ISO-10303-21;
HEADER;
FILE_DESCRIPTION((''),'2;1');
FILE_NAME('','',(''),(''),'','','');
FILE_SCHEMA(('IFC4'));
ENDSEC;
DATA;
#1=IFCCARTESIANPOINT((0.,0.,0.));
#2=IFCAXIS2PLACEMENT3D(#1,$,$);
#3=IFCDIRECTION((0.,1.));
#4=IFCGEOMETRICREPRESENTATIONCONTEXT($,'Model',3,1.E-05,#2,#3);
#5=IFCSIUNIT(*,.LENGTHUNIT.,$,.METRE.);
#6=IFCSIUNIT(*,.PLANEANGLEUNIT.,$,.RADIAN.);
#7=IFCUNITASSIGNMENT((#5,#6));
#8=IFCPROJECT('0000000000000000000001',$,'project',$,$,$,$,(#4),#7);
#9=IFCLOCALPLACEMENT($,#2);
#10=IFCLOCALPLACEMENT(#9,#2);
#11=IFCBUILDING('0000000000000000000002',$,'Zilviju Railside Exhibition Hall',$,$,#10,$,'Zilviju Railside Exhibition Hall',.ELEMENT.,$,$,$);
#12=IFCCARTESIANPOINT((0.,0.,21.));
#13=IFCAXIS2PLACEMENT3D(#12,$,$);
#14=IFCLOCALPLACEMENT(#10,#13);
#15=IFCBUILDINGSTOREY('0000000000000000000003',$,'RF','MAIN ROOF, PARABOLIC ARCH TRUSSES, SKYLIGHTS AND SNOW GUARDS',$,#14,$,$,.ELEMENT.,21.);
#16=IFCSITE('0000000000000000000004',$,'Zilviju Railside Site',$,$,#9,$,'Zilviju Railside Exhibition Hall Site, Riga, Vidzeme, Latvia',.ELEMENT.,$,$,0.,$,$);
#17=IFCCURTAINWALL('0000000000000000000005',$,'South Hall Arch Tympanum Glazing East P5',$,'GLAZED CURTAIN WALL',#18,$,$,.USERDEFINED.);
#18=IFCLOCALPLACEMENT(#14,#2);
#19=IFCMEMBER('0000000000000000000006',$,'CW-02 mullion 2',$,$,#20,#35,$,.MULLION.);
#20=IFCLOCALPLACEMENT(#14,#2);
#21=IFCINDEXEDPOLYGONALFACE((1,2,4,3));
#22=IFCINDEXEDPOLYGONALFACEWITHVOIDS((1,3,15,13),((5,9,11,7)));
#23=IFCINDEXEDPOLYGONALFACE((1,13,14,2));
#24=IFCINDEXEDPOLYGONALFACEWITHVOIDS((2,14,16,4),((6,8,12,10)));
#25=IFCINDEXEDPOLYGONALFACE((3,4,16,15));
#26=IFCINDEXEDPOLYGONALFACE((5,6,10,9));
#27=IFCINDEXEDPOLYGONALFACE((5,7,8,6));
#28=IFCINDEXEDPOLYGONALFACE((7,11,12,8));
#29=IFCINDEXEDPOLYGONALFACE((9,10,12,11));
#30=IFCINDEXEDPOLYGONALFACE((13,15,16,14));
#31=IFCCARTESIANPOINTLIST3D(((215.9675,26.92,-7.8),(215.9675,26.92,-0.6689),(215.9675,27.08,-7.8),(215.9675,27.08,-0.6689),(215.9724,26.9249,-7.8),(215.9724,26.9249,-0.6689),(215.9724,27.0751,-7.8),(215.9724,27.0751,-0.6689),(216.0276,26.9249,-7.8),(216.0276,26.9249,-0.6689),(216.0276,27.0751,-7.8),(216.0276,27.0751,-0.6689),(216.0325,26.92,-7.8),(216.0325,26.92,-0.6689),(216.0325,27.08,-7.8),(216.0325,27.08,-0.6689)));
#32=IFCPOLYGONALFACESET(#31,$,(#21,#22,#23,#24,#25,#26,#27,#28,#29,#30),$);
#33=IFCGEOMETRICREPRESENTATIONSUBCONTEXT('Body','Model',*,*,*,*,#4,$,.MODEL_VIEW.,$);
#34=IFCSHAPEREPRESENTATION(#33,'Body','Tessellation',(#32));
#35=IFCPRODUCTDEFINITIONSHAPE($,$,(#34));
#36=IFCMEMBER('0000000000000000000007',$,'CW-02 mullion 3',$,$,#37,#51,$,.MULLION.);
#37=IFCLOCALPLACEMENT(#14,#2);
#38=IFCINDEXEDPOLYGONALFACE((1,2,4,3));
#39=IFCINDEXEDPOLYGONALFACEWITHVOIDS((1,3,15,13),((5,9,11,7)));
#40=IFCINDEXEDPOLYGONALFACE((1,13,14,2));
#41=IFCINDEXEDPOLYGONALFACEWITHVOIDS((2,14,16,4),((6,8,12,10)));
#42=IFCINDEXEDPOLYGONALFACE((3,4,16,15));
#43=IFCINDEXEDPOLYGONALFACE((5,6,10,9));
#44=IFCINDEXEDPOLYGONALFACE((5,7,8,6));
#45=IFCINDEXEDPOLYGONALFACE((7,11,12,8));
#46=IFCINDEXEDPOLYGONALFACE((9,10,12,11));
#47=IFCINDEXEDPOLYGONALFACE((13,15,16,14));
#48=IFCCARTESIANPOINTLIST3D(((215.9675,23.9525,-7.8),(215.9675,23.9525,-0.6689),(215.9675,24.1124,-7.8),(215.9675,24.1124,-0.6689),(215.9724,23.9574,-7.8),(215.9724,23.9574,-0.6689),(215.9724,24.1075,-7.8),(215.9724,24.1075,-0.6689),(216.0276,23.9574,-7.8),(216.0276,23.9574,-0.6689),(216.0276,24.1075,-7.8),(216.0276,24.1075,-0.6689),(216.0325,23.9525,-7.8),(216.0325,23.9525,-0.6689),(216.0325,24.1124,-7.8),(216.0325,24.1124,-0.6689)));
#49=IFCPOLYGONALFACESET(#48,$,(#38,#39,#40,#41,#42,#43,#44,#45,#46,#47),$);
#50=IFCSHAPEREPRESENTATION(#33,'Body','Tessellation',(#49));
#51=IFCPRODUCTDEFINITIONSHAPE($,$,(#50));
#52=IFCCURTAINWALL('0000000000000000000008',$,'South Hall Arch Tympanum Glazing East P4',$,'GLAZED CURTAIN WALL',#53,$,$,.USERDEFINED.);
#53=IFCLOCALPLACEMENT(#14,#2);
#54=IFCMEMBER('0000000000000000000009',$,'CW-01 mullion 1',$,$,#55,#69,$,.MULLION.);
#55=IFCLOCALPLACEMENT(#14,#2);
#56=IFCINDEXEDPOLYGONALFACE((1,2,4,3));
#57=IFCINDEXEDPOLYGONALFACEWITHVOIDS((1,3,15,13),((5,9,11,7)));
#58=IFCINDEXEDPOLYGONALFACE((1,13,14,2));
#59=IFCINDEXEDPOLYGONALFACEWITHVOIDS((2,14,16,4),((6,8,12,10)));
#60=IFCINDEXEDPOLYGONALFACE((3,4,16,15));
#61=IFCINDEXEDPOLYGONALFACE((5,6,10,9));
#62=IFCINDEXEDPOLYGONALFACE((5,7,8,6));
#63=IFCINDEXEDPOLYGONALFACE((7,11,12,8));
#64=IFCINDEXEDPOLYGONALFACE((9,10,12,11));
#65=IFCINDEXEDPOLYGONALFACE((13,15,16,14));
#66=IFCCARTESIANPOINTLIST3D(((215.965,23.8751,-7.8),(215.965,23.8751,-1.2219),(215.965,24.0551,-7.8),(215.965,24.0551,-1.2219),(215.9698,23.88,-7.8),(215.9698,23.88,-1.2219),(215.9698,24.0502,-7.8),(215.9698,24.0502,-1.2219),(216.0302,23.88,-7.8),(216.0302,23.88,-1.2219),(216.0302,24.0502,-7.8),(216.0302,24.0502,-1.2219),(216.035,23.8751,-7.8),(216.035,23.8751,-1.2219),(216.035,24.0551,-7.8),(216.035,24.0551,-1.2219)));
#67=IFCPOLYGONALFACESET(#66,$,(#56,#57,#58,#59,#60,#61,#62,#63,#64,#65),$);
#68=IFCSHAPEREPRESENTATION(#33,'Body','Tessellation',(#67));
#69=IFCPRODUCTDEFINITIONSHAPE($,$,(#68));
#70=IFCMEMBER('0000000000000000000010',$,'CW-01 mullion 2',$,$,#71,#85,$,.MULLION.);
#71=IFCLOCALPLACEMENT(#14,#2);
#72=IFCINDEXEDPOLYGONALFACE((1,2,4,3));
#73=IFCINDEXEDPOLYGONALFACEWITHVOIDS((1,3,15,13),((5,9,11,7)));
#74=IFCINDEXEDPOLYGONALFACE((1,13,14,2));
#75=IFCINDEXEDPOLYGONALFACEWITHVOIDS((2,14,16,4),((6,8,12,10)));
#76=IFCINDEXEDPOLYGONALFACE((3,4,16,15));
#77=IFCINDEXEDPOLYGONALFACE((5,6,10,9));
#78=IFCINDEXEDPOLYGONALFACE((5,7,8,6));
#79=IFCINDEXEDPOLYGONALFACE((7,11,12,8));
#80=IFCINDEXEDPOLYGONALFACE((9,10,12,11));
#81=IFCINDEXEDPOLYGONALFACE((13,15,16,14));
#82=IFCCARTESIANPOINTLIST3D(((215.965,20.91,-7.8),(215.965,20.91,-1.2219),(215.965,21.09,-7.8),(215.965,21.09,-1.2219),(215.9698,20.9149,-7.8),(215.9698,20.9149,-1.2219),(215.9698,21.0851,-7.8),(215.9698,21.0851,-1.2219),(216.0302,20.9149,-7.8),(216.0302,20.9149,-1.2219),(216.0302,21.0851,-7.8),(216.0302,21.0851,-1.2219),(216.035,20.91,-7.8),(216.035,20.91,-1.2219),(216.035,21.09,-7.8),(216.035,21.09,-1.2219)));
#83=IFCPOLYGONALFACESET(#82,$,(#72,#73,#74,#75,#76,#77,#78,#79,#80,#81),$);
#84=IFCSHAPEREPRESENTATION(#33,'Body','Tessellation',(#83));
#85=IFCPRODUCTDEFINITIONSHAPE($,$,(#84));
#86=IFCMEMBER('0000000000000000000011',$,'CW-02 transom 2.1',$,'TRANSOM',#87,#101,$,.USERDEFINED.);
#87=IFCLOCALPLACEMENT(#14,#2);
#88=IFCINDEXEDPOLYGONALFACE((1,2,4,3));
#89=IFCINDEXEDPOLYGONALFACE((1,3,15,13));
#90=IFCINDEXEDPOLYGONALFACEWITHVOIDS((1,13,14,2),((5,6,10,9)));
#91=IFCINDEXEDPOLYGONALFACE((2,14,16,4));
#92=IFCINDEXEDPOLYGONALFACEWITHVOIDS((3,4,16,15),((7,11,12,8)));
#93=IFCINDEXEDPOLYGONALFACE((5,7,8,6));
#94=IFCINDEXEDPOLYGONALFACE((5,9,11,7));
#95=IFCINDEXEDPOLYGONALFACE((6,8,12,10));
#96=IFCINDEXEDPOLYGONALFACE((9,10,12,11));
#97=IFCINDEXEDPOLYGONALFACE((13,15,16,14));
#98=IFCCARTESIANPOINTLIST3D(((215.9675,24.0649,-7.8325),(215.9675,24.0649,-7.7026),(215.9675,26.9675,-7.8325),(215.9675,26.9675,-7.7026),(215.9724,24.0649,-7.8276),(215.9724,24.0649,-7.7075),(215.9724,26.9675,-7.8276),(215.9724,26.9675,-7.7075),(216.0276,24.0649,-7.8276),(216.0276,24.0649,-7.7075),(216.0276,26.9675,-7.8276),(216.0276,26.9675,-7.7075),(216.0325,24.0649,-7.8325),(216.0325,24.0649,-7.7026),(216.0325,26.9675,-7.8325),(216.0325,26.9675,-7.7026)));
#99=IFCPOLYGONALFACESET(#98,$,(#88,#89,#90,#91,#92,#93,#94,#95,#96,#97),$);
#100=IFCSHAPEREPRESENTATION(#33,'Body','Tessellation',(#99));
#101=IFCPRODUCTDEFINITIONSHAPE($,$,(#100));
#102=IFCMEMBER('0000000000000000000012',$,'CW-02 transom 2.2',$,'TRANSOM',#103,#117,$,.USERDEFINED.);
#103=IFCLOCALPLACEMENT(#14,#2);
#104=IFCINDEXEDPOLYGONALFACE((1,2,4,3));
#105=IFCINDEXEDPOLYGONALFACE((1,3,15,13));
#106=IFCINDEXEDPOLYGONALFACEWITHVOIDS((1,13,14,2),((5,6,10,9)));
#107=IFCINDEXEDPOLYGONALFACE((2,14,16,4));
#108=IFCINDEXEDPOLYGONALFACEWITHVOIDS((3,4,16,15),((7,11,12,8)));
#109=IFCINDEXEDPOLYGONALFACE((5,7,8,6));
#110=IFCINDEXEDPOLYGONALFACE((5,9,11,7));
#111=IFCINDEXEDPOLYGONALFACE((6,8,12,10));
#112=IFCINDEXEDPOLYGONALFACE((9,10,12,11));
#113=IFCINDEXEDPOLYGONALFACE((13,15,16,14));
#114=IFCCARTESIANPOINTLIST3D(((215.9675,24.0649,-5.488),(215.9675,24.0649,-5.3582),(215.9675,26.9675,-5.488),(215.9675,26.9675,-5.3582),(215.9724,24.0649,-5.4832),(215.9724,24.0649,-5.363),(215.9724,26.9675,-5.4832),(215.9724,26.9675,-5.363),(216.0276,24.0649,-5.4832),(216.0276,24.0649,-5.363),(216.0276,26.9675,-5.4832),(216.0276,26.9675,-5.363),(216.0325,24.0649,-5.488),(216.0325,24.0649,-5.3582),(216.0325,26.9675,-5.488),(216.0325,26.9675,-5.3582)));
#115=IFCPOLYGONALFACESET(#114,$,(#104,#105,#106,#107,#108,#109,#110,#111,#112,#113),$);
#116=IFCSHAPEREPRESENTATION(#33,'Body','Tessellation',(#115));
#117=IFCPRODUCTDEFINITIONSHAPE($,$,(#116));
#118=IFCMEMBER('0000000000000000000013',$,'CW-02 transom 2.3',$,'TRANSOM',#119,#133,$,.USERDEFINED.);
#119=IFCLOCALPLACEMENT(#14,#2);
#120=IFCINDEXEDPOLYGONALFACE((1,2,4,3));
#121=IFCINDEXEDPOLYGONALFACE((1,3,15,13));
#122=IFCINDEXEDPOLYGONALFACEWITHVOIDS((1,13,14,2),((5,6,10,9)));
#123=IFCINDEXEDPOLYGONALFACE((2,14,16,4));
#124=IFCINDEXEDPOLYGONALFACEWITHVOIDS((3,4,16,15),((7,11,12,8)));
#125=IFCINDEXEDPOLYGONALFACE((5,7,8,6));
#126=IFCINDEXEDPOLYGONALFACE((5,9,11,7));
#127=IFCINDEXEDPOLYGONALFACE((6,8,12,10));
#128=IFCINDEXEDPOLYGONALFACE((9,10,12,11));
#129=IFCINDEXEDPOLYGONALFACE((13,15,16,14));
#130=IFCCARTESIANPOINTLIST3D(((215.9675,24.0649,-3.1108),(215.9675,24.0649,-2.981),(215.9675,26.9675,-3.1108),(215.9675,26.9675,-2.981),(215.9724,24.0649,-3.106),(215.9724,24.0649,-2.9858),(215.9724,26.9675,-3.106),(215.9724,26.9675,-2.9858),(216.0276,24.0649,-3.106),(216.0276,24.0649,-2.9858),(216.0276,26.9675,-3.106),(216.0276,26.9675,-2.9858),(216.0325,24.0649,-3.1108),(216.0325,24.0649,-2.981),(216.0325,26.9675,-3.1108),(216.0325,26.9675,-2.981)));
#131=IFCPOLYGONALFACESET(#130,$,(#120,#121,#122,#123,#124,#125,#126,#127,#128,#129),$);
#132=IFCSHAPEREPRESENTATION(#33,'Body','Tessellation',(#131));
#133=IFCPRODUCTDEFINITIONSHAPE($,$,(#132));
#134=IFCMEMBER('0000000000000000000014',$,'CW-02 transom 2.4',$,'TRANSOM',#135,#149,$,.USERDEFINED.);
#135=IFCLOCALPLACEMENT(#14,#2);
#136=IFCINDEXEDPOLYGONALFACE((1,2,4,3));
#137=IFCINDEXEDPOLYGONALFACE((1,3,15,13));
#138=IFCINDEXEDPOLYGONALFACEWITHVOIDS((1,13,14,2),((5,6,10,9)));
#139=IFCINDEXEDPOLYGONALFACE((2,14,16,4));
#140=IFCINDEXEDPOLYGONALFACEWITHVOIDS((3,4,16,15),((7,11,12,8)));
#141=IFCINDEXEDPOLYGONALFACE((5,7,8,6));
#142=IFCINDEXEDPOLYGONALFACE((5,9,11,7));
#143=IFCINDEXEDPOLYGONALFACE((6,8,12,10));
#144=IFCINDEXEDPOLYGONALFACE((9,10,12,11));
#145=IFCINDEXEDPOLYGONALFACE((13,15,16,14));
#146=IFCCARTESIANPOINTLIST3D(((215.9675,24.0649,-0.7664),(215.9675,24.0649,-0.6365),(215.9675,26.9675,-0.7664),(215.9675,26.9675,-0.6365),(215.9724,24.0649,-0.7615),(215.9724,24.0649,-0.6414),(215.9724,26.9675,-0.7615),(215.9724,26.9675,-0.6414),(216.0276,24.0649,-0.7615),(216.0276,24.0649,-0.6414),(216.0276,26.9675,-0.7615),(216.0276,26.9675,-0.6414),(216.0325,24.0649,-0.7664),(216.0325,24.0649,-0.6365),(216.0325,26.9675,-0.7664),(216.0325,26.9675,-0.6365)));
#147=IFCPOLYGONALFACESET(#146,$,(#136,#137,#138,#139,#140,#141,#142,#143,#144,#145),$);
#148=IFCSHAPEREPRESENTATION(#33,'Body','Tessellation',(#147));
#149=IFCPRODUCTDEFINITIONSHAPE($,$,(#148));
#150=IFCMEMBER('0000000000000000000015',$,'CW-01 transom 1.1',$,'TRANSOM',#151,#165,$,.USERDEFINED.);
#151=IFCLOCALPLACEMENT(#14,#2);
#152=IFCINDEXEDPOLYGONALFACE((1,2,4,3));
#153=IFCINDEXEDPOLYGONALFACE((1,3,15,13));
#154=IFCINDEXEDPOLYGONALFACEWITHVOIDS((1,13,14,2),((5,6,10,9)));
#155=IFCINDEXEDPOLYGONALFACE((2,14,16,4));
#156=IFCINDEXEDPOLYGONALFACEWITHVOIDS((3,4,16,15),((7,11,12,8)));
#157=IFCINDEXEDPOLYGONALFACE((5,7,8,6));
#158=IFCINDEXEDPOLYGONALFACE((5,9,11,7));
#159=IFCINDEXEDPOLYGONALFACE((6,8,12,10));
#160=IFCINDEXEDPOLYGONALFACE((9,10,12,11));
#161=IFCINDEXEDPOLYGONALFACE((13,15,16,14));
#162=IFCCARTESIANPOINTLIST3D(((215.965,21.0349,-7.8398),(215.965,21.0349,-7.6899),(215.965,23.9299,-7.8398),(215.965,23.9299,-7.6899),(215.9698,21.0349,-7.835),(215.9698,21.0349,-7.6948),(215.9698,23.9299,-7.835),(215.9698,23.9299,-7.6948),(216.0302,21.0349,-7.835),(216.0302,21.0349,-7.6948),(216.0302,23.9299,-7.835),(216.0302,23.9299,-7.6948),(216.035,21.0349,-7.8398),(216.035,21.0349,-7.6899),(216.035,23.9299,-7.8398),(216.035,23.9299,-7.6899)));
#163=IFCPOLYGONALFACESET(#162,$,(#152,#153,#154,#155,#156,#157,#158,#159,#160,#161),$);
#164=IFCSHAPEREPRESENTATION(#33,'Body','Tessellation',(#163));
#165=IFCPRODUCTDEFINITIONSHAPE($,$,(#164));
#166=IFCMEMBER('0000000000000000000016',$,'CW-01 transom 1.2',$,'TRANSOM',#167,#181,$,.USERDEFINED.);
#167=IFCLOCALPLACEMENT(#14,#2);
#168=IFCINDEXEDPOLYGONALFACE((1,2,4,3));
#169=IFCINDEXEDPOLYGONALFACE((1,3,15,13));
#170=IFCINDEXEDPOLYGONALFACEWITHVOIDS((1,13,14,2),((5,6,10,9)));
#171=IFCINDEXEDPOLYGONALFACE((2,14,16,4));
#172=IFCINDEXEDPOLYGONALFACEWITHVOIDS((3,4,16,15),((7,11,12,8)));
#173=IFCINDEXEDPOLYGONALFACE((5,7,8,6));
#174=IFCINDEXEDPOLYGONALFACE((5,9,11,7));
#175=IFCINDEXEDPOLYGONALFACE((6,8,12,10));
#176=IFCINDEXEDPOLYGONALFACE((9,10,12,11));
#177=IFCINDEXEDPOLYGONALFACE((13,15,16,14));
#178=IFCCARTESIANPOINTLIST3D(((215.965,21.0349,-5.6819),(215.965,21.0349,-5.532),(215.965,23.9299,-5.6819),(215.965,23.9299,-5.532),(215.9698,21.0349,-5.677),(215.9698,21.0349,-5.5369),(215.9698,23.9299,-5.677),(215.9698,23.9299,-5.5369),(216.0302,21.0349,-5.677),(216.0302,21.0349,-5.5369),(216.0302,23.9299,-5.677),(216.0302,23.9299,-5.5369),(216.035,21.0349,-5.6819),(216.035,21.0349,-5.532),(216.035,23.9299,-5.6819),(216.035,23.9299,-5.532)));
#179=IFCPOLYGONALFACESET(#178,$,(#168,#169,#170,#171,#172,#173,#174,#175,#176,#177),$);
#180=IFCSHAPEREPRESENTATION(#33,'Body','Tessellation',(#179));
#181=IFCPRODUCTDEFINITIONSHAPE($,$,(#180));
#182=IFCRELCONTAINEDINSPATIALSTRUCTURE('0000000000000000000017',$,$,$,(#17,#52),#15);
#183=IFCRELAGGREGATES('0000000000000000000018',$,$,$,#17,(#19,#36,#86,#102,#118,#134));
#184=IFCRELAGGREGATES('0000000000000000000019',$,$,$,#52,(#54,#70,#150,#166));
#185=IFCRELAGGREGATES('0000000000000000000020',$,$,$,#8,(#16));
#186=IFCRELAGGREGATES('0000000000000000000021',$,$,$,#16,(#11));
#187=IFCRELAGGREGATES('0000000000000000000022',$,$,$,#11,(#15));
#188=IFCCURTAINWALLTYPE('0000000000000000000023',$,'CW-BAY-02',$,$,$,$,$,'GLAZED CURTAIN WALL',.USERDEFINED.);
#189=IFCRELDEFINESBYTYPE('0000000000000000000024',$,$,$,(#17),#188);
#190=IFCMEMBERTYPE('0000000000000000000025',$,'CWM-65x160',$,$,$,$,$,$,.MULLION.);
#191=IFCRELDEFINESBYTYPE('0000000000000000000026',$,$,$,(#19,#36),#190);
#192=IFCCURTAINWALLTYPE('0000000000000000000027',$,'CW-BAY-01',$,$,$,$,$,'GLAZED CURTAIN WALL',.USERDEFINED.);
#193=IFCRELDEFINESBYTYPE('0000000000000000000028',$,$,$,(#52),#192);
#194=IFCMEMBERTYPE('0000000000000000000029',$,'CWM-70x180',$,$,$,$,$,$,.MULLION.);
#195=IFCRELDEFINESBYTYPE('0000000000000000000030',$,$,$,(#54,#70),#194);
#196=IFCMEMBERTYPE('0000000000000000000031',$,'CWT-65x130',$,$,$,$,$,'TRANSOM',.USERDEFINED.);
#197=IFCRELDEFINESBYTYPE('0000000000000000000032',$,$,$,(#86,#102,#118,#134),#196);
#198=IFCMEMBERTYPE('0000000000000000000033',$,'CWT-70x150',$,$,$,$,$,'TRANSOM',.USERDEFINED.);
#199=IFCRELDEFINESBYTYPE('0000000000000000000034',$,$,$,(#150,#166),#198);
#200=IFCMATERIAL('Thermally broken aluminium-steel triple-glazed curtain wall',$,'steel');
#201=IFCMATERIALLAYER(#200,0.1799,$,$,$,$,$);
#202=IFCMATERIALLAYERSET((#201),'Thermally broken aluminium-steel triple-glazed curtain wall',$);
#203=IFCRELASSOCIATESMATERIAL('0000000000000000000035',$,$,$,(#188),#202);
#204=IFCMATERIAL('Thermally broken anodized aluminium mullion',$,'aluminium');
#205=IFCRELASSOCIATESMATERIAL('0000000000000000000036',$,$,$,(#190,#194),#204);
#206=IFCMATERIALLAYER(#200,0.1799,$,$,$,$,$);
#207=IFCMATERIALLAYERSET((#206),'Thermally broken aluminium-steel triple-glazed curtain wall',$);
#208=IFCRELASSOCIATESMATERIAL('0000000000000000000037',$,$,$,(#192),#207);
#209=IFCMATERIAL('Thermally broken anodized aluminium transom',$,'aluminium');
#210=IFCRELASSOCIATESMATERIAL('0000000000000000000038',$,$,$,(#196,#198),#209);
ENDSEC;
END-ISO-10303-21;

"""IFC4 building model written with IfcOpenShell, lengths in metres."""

from ifc_helpers import new_model, si_unit, direction, frame, origin, origin_2d, place, context, subcontext, project, spatial, hollow_rectangle, extrude, material, layer, layer_set, material_profile, profile_set, type_object, element, aggregate, save


model = new_model("IFC4")

# Units and contexts
model_context = context("Model", 3, precision=1e-05, world=origin(), true_north=direction((0.0, 1.0)))
body_context = subcontext(model_context, "Body", "Model", "MODEL_VIEW")
ifc_project = project(units=[si_unit("LENGTHUNIT", "METRE"), si_unit("PLANEANGLEUNIT", "RADIAN")], contexts=[model_context])

# Site, building, storey
site_placement = place(None, origin())
site = spatial("IfcSite", under=ifc_project, at=site_placement, Name="Zilviju Railside Site", LongName="Zilviju Railside Exhibition Hall Site, Riga, Vidzeme, Latvia", CompositionType="ELEMENT", RefElevation=0.0)
building_placement = place(site_placement, origin())
building = spatial("IfcBuilding", under=site, at=building_placement, Name="Zilviju Railside Exhibition Hall", LongName="Zilviju Railside Exhibition Hall", CompositionType="ELEMENT")
storey_placement = place(building_placement, frame((0.0, 0.0, 21.0)))
storey = spatial("IfcBuildingStorey", under=building, at=storey_placement, Name="RF", Description="MAIN ROOF, PARABOLIC ARCH TRUSSES, SKYLIGHTS AND SNOW GUARDS", CompositionType="ELEMENT", Elevation=21.0)

# Curtain walls, members
ifc_material_1 = material(Name="Thermally broken aluminium-steel triple-glazed curtain wall", Category="steel")
ifc_layer_1 = layer(ifc_material_1, 0.1799)
ifc_layer_set_1 = layer_set([ifc_layer_1], Name="Thermally broken aluminium-steel triple-glazed curtain wall")
curtain_wall_type_1 = type_object("IfcCurtainWallType", Name="CW-BAY-02", ElementType="GLAZED CURTAIN WALL", PredefinedType="USERDEFINED", material=ifc_layer_set_1)
curtain_wall_1_placement = place(storey_placement, origin())
curtain_wall_1 = element("IfcCurtainWall", 1, at=curtain_wall_1_placement, inside=storey, type_object=curtain_wall_type_1, Name="South Hall Arch Tympanum Glazing East P5", ObjectType="GLAZED CURTAIN WALL", PredefinedType="USERDEFINED")
ifc_material_2 = material(Name="Thermally broken anodized aluminium mullion", Category="aluminium")
ifc_material_profile_1 = material_profile(ifc_material_2, hollow_rectangle(XDim=0.0649, YDim=0.1599, WallThickness=0.0049, at=origin_2d()), Name="MULLION 160x65x5")
ifc_profile_set_1 = profile_set([ifc_material_profile_1], Name="Thermally broken anodized aluminium mullion")
member_type_1 = type_object("IfcMemberType", Name="CWM-65x160", PredefinedType="MULLION", material=ifc_profile_set_1)
member_1_placement = place(storey_placement, frame((216.0, 27.0, -7.8), z_axis=(0.0, 0.0, 1.0), x_axis=(1.0, 0.0, 0.0)))
member_1 = element("IfcMember", 2, at=member_1_placement, type_object=member_type_1, Name="CW-02 mullion 2", PredefinedType="MULLION", context=body_context, shape_type="SweptSolid", body=[
    extrude(hollow_rectangle(XDim=0.0649, YDim=0.1599, WallThickness=0.0049, at=origin_2d()), origin(), (0.0, 0.0, 1.0), 7.1311),
])
member_2_placement = place(storey_placement, frame((216.0, 24.0325, -7.8), z_axis=(0.0, 0.0, 1.0), x_axis=(1.0, 0.0, 0.0)))
member_2 = element("IfcMember", 3, at=member_2_placement, type_object=member_type_1, Name="CW-02 mullion 3", PredefinedType="MULLION", context=body_context, shape_type="SweptSolid", body=[
    extrude(hollow_rectangle(XDim=0.0649, YDim=0.1599, WallThickness=0.0049, at=origin_2d()), origin(), (0.0, 0.0, 1.0), 7.1311),
])
ifc_layer_2 = layer(ifc_material_1, 0.1799)
ifc_layer_set_2 = layer_set([ifc_layer_2], Name="Thermally broken aluminium-steel triple-glazed curtain wall")
curtain_wall_type_2 = type_object("IfcCurtainWallType", Name="CW-BAY-01", ElementType="GLAZED CURTAIN WALL", PredefinedType="USERDEFINED", material=ifc_layer_set_2)
curtain_wall_2_placement = place(storey_placement, origin())
curtain_wall_2 = element("IfcCurtainWall", 4, at=curtain_wall_2_placement, inside=storey, type_object=curtain_wall_type_2, Name="South Hall Arch Tympanum Glazing East P4", ObjectType="GLAZED CURTAIN WALL", PredefinedType="USERDEFINED")
ifc_material_profile_2 = material_profile(ifc_material_2, hollow_rectangle(XDim=0.0701, YDim=0.1799, WallThickness=0.0049, at=origin_2d()), Name="MULLION 180x70x5")
ifc_profile_set_2 = profile_set([ifc_material_profile_2], Name="Thermally broken anodized aluminium mullion")
member_type_2 = type_object("IfcMemberType", Name="CWM-70x180", PredefinedType="MULLION", material=ifc_profile_set_2)
member_3_placement = place(storey_placement, frame((216.0, 23.9651, -7.8), z_axis=(0.0, 0.0, 1.0), x_axis=(1.0, 0.0, 0.0)))
member_3 = element("IfcMember", 5, at=member_3_placement, type_object=member_type_2, Name="CW-01 mullion 1", PredefinedType="MULLION", context=body_context, shape_type="SweptSolid", body=[
    extrude(hollow_rectangle(XDim=0.0701, YDim=0.1799, WallThickness=0.0049, at=origin_2d()), origin(), (0.0, 0.0, 1.0), 6.5781),
])
member_4_placement = place(storey_placement, frame((216.0, 21.0, -7.8), z_axis=(0.0, 0.0, 1.0), x_axis=(1.0, 0.0, 0.0)))
member_4 = element("IfcMember", 6, at=member_4_placement, type_object=member_type_2, Name="CW-01 mullion 2", PredefinedType="MULLION", context=body_context, shape_type="SweptSolid", body=[
    extrude(hollow_rectangle(XDim=0.0701, YDim=0.1799, WallThickness=0.0049, at=origin_2d()), origin(), (0.0, 0.0, 1.0), 6.5781),
])

# Members
ifc_material_3 = material(Name="Thermally broken anodized aluminium transom", Category="aluminium")
ifc_material_profile_3 = material_profile(ifc_material_3, hollow_rectangle(XDim=0.0649, YDim=0.1299, WallThickness=0.0049, at=origin_2d()), Name="TRANSOM 130x65x5")
ifc_profile_set_3 = profile_set([ifc_material_profile_3], Name="Thermally broken anodized aluminium transom")
member_type_3 = type_object("IfcMemberType", Name="CWT-65x130", ElementType="TRANSOM", PredefinedType="USERDEFINED", material=ifc_profile_set_3)
member_5_placement = place(storey_placement, frame((216.0, 26.9675, -7.7676), z_axis=(0.0, -1.0, 0.0), x_axis=(1.0, 0.0, 0.0)))
member_5 = element("IfcMember", 7, at=member_5_placement, type_object=member_type_3, Name="CW-02 transom 2.1", ObjectType="TRANSOM", PredefinedType="USERDEFINED", context=body_context, shape_type="SweptSolid", body=[
    extrude(hollow_rectangle(XDim=0.0649, YDim=0.1299, WallThickness=0.0049, at=origin_2d()), origin(), (0.0, 0.0, 1.0), 2.9026),
])
member_6_placement = place(storey_placement, frame((216.0, 26.9675, -5.4231), z_axis=(0.0, -1.0, 0.0), x_axis=(1.0, 0.0, 0.0)))
member_6 = element("IfcMember", 8, at=member_6_placement, type_object=member_type_3, Name="CW-02 transom 2.2", ObjectType="TRANSOM", PredefinedType="USERDEFINED", context=body_context, shape_type="SweptSolid", body=[
    extrude(hollow_rectangle(XDim=0.0649, YDim=0.1299, WallThickness=0.0049, at=origin_2d()), origin(), (0.0, 0.0, 1.0), 2.9026),
])
member_7_placement = place(storey_placement, frame((216.0, 26.9675, -3.0459), z_axis=(0.0, -1.0, 0.0), x_axis=(1.0, 0.0, 0.0)))
member_7 = element("IfcMember", 9, at=member_7_placement, type_object=member_type_3, Name="CW-02 transom 2.3", ObjectType="TRANSOM", PredefinedType="USERDEFINED", context=body_context, shape_type="SweptSolid", body=[
    extrude(hollow_rectangle(XDim=0.0649, YDim=0.1299, WallThickness=0.0049, at=origin_2d()), origin(), (0.0, 0.0, 1.0), 2.9026),
])
member_8_placement = place(storey_placement, frame((216.0, 26.9675, -0.7014), z_axis=(0.0, -1.0, 0.0), x_axis=(1.0, 0.0, 0.0)))
member_8 = element("IfcMember", 10, at=member_8_placement, type_object=member_type_3, Name="CW-02 transom 2.4", ObjectType="TRANSOM", PredefinedType="USERDEFINED", context=body_context, shape_type="SweptSolid", body=[
    extrude(hollow_rectangle(XDim=0.0649, YDim=0.1299, WallThickness=0.0049, at=origin_2d()), origin(), (0.0, 0.0, 1.0), 2.9026),
])
ifc_material_profile_4 = material_profile(ifc_material_3, hollow_rectangle(XDim=0.0701, YDim=0.1499, WallThickness=0.0049, at=origin_2d()), Name="TRANSOM 150x70x5")
ifc_profile_set_4 = profile_set([ifc_material_profile_4], Name="Thermally broken anodized aluminium transom")
member_type_4 = type_object("IfcMemberType", Name="CWT-70x150", ElementType="TRANSOM", PredefinedType="USERDEFINED", material=ifc_profile_set_4)
member_9_placement = place(storey_placement, frame((216.0, 23.9299, -7.7649), z_axis=(0.0, -1.0, 0.0), x_axis=(1.0, 0.0, 0.0)))
member_9 = element("IfcMember", 11, at=member_9_placement, type_object=member_type_4, Name="CW-01 transom 1.1", ObjectType="TRANSOM", PredefinedType="USERDEFINED", context=body_context, shape_type="SweptSolid", body=[
    extrude(hollow_rectangle(XDim=0.0701, YDim=0.1499, WallThickness=0.0049, at=origin_2d()), origin(), (0.0, 0.0, 1.0), 2.895),
])
member_10_placement = place(storey_placement, frame((216.0, 23.9299, -5.6069), z_axis=(0.0, -1.0, 0.0), x_axis=(1.0, 0.0, 0.0)))
member_10 = element("IfcMember", 12, at=member_10_placement, type_object=member_type_4, Name="CW-01 transom 1.2", ObjectType="TRANSOM", PredefinedType="USERDEFINED", context=body_context, shape_type="SweptSolid", body=[
    extrude(hollow_rectangle(XDim=0.0701, YDim=0.1499, WallThickness=0.0049, at=origin_2d()), origin(), (0.0, 0.0, 1.0), 2.895),
])

aggregate(curtain_wall_1, [member_1, member_2, member_5, member_6, member_7, member_8])
aggregate(curtain_wall_2, [member_3, member_4, member_9, member_10])

save(model, "model.ifc")
